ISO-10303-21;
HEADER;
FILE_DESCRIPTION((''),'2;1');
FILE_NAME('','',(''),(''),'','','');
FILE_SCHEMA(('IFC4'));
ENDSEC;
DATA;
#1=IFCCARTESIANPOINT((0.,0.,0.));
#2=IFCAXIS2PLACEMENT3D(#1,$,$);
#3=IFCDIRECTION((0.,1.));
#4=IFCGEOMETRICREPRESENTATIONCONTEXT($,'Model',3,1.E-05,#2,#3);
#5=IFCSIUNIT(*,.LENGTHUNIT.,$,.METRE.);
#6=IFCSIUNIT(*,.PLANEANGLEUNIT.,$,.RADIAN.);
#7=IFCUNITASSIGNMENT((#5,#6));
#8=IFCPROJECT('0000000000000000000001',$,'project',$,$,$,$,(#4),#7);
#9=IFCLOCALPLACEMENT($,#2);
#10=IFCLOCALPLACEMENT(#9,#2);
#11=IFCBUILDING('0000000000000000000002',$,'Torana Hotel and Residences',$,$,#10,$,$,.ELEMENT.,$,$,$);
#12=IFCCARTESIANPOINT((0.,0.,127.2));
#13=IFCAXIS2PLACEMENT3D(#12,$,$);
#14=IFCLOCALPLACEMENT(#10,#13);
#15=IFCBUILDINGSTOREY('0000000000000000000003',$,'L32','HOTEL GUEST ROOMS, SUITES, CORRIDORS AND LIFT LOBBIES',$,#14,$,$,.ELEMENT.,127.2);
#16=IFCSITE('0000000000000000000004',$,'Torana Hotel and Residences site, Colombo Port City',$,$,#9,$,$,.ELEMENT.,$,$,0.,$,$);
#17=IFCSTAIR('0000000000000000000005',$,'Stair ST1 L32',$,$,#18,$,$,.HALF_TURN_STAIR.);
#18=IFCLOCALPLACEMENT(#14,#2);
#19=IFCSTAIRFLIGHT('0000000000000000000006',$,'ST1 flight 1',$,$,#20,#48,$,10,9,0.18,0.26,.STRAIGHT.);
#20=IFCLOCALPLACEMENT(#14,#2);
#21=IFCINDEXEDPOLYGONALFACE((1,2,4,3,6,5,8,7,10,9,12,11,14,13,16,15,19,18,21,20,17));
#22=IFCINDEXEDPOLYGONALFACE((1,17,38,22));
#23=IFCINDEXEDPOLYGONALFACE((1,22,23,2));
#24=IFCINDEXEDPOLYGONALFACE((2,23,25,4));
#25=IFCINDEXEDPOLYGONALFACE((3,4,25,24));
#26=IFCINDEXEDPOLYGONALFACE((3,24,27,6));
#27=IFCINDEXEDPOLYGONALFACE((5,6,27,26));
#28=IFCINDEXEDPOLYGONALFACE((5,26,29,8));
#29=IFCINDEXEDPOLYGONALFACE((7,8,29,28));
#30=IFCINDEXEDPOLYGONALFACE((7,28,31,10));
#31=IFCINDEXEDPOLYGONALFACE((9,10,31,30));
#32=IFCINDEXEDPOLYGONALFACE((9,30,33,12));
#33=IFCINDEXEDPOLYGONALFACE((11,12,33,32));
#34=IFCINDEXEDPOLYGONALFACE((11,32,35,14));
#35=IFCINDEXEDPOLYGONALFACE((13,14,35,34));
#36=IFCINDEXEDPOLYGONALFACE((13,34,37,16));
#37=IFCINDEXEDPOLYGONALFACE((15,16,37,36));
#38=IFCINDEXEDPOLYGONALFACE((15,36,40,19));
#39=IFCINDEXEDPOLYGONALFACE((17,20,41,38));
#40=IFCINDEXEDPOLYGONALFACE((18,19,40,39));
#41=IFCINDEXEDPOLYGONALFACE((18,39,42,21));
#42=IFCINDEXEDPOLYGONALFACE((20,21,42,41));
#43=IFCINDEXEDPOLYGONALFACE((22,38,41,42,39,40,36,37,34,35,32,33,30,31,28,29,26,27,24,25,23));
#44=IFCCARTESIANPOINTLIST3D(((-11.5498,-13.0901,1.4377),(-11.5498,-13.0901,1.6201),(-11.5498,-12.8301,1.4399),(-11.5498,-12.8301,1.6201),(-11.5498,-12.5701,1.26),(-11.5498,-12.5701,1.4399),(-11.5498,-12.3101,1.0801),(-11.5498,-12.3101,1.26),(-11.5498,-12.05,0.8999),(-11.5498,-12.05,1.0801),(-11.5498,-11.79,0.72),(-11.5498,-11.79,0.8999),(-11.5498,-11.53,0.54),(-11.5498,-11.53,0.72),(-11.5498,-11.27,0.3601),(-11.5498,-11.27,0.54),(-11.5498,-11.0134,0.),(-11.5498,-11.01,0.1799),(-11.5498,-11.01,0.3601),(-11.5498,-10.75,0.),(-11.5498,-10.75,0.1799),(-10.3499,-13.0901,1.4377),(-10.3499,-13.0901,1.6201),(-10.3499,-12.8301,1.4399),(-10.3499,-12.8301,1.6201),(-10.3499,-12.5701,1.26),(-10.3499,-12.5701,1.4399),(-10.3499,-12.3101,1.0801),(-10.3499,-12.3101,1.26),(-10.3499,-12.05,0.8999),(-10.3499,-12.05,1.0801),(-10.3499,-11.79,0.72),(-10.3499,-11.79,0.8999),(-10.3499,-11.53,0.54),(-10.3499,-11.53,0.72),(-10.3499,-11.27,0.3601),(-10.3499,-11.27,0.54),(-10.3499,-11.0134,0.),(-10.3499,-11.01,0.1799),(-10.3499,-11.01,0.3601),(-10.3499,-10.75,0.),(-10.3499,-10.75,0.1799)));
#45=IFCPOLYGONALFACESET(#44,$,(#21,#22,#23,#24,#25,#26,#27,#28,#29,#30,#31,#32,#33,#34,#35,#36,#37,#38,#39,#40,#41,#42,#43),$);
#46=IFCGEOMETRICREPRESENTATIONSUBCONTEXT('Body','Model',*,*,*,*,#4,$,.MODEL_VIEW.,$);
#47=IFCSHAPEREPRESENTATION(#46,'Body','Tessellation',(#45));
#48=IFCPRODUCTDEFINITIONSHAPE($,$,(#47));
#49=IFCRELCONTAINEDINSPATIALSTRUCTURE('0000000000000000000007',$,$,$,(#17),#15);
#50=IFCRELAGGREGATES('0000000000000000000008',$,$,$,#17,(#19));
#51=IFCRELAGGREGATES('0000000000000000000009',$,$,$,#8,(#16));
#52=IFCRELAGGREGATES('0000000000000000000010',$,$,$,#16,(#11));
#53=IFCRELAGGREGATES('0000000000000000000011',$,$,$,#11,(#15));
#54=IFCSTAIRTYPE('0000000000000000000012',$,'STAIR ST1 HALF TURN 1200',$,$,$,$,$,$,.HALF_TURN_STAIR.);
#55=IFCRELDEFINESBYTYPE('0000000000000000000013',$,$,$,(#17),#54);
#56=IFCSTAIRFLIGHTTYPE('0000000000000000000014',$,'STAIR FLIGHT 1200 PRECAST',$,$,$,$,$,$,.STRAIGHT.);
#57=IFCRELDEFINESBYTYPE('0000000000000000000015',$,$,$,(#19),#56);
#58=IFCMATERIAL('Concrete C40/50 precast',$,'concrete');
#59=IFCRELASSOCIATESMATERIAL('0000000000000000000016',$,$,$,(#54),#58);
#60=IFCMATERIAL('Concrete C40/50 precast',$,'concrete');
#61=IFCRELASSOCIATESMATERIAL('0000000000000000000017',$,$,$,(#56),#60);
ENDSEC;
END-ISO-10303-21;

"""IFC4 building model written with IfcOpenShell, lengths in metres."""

from ifc_helpers import new_model, si_unit, direction, frame, origin, place, context, subcontext, project, spatial, polyline, outline, extrude, material, type_object, element, aggregate, save


model = new_model("IFC4")

# Units and contexts
model_context = context("Model", 3, precision=1e-05, world=origin(), true_north=direction((0.0, 1.0)))
body_context = subcontext(model_context, "Body", "Model", "MODEL_VIEW")
ifc_project = project(units=[si_unit("LENGTHUNIT", "METRE"), si_unit("PLANEANGLEUNIT", "RADIAN")], contexts=[model_context])

# Site, building, storey
site_placement = place(None, origin())
site = spatial("IfcSite", under=ifc_project, at=site_placement, Name="Torana Hotel and Residences site, Colombo Port City", CompositionType="ELEMENT", RefElevation=0.0)
building_placement = place(site_placement, origin())
building = spatial("IfcBuilding", under=site, at=building_placement, Name="Torana Hotel and Residences", CompositionType="ELEMENT")
storey_placement = place(building_placement, frame((0.0, 0.0, 127.2)))
storey = spatial("IfcBuildingStorey", under=building, at=storey_placement, Name="L32", Description="HOTEL GUEST ROOMS, SUITES, CORRIDORS AND LIFT LOBBIES", CompositionType="ELEMENT", Elevation=127.2)

# Stair, stair flight
ifc_material_1 = material(Name="Concrete C40/50 precast", Category="concrete")
stair_type = type_object("IfcStairType", Name="STAIR ST1 HALF TURN 1200", PredefinedType="HALF_TURN_STAIR", material=ifc_material_1)
stair_placement = place(storey_placement, origin())
stair = element("IfcStair", 1, at=stair_placement, inside=storey, type_object=stair_type, Name="Stair ST1 L32", PredefinedType="HALF_TURN_STAIR")
ifc_material_2 = material(Name="Concrete C40/50 precast", Category="concrete")
stair_flight_type = type_object("IfcStairFlightType", Name="STAIR FLIGHT 1200 PRECAST", PredefinedType="STRAIGHT", material=ifc_material_2)
stair_flight_placement = place(storey_placement, frame((-10.95, -10.75, 0.0), z_axis=(0.0, 0.0, 1.0), x_axis=(0.0, -1.0, 0.0)))
stair_flight = element("IfcStairFlight", 2, at=stair_flight_placement, type_object=stair_flight_type, Name="ST1 flight 1", NumberOfRisers=10, NumberOfTreads=9, PredefinedType="STRAIGHT", RiserHeight=0.18, TreadLength=0.26, context=body_context, shape_type="SweptSolid", body=[
    extrude(outline(polyline([(0.0, 0.0), (0.0, 0.1799), (0.26, 0.1799), (0.26, 0.3601), (0.52, 0.3601), (0.52, 0.54), (0.78, 0.54), (0.78, 0.72), (1.04, 0.72), (1.04, 0.8999), (1.3, 0.8999), (1.3, 1.0801), (1.5601, 1.0801), (1.5601, 1.26), (1.8201, 1.26), (1.8201, 1.4399), (2.0801, 1.4399), (2.0801, 1.6201), (2.3401, 1.6201), (2.3401, 1.8), (2.3401, 1.4377), (0.2634, 0.0), (0.0, 0.0)])), frame((0.0, 0.6001, 0.0), z_axis=(0.0, -1.0, 0.0), x_axis=(1.0, 0.0, 0.0)), (0.0, 0.0, 1.0), 1.2),
])
aggregate(stair, [stair_flight])

save(model, "model.ifc")
